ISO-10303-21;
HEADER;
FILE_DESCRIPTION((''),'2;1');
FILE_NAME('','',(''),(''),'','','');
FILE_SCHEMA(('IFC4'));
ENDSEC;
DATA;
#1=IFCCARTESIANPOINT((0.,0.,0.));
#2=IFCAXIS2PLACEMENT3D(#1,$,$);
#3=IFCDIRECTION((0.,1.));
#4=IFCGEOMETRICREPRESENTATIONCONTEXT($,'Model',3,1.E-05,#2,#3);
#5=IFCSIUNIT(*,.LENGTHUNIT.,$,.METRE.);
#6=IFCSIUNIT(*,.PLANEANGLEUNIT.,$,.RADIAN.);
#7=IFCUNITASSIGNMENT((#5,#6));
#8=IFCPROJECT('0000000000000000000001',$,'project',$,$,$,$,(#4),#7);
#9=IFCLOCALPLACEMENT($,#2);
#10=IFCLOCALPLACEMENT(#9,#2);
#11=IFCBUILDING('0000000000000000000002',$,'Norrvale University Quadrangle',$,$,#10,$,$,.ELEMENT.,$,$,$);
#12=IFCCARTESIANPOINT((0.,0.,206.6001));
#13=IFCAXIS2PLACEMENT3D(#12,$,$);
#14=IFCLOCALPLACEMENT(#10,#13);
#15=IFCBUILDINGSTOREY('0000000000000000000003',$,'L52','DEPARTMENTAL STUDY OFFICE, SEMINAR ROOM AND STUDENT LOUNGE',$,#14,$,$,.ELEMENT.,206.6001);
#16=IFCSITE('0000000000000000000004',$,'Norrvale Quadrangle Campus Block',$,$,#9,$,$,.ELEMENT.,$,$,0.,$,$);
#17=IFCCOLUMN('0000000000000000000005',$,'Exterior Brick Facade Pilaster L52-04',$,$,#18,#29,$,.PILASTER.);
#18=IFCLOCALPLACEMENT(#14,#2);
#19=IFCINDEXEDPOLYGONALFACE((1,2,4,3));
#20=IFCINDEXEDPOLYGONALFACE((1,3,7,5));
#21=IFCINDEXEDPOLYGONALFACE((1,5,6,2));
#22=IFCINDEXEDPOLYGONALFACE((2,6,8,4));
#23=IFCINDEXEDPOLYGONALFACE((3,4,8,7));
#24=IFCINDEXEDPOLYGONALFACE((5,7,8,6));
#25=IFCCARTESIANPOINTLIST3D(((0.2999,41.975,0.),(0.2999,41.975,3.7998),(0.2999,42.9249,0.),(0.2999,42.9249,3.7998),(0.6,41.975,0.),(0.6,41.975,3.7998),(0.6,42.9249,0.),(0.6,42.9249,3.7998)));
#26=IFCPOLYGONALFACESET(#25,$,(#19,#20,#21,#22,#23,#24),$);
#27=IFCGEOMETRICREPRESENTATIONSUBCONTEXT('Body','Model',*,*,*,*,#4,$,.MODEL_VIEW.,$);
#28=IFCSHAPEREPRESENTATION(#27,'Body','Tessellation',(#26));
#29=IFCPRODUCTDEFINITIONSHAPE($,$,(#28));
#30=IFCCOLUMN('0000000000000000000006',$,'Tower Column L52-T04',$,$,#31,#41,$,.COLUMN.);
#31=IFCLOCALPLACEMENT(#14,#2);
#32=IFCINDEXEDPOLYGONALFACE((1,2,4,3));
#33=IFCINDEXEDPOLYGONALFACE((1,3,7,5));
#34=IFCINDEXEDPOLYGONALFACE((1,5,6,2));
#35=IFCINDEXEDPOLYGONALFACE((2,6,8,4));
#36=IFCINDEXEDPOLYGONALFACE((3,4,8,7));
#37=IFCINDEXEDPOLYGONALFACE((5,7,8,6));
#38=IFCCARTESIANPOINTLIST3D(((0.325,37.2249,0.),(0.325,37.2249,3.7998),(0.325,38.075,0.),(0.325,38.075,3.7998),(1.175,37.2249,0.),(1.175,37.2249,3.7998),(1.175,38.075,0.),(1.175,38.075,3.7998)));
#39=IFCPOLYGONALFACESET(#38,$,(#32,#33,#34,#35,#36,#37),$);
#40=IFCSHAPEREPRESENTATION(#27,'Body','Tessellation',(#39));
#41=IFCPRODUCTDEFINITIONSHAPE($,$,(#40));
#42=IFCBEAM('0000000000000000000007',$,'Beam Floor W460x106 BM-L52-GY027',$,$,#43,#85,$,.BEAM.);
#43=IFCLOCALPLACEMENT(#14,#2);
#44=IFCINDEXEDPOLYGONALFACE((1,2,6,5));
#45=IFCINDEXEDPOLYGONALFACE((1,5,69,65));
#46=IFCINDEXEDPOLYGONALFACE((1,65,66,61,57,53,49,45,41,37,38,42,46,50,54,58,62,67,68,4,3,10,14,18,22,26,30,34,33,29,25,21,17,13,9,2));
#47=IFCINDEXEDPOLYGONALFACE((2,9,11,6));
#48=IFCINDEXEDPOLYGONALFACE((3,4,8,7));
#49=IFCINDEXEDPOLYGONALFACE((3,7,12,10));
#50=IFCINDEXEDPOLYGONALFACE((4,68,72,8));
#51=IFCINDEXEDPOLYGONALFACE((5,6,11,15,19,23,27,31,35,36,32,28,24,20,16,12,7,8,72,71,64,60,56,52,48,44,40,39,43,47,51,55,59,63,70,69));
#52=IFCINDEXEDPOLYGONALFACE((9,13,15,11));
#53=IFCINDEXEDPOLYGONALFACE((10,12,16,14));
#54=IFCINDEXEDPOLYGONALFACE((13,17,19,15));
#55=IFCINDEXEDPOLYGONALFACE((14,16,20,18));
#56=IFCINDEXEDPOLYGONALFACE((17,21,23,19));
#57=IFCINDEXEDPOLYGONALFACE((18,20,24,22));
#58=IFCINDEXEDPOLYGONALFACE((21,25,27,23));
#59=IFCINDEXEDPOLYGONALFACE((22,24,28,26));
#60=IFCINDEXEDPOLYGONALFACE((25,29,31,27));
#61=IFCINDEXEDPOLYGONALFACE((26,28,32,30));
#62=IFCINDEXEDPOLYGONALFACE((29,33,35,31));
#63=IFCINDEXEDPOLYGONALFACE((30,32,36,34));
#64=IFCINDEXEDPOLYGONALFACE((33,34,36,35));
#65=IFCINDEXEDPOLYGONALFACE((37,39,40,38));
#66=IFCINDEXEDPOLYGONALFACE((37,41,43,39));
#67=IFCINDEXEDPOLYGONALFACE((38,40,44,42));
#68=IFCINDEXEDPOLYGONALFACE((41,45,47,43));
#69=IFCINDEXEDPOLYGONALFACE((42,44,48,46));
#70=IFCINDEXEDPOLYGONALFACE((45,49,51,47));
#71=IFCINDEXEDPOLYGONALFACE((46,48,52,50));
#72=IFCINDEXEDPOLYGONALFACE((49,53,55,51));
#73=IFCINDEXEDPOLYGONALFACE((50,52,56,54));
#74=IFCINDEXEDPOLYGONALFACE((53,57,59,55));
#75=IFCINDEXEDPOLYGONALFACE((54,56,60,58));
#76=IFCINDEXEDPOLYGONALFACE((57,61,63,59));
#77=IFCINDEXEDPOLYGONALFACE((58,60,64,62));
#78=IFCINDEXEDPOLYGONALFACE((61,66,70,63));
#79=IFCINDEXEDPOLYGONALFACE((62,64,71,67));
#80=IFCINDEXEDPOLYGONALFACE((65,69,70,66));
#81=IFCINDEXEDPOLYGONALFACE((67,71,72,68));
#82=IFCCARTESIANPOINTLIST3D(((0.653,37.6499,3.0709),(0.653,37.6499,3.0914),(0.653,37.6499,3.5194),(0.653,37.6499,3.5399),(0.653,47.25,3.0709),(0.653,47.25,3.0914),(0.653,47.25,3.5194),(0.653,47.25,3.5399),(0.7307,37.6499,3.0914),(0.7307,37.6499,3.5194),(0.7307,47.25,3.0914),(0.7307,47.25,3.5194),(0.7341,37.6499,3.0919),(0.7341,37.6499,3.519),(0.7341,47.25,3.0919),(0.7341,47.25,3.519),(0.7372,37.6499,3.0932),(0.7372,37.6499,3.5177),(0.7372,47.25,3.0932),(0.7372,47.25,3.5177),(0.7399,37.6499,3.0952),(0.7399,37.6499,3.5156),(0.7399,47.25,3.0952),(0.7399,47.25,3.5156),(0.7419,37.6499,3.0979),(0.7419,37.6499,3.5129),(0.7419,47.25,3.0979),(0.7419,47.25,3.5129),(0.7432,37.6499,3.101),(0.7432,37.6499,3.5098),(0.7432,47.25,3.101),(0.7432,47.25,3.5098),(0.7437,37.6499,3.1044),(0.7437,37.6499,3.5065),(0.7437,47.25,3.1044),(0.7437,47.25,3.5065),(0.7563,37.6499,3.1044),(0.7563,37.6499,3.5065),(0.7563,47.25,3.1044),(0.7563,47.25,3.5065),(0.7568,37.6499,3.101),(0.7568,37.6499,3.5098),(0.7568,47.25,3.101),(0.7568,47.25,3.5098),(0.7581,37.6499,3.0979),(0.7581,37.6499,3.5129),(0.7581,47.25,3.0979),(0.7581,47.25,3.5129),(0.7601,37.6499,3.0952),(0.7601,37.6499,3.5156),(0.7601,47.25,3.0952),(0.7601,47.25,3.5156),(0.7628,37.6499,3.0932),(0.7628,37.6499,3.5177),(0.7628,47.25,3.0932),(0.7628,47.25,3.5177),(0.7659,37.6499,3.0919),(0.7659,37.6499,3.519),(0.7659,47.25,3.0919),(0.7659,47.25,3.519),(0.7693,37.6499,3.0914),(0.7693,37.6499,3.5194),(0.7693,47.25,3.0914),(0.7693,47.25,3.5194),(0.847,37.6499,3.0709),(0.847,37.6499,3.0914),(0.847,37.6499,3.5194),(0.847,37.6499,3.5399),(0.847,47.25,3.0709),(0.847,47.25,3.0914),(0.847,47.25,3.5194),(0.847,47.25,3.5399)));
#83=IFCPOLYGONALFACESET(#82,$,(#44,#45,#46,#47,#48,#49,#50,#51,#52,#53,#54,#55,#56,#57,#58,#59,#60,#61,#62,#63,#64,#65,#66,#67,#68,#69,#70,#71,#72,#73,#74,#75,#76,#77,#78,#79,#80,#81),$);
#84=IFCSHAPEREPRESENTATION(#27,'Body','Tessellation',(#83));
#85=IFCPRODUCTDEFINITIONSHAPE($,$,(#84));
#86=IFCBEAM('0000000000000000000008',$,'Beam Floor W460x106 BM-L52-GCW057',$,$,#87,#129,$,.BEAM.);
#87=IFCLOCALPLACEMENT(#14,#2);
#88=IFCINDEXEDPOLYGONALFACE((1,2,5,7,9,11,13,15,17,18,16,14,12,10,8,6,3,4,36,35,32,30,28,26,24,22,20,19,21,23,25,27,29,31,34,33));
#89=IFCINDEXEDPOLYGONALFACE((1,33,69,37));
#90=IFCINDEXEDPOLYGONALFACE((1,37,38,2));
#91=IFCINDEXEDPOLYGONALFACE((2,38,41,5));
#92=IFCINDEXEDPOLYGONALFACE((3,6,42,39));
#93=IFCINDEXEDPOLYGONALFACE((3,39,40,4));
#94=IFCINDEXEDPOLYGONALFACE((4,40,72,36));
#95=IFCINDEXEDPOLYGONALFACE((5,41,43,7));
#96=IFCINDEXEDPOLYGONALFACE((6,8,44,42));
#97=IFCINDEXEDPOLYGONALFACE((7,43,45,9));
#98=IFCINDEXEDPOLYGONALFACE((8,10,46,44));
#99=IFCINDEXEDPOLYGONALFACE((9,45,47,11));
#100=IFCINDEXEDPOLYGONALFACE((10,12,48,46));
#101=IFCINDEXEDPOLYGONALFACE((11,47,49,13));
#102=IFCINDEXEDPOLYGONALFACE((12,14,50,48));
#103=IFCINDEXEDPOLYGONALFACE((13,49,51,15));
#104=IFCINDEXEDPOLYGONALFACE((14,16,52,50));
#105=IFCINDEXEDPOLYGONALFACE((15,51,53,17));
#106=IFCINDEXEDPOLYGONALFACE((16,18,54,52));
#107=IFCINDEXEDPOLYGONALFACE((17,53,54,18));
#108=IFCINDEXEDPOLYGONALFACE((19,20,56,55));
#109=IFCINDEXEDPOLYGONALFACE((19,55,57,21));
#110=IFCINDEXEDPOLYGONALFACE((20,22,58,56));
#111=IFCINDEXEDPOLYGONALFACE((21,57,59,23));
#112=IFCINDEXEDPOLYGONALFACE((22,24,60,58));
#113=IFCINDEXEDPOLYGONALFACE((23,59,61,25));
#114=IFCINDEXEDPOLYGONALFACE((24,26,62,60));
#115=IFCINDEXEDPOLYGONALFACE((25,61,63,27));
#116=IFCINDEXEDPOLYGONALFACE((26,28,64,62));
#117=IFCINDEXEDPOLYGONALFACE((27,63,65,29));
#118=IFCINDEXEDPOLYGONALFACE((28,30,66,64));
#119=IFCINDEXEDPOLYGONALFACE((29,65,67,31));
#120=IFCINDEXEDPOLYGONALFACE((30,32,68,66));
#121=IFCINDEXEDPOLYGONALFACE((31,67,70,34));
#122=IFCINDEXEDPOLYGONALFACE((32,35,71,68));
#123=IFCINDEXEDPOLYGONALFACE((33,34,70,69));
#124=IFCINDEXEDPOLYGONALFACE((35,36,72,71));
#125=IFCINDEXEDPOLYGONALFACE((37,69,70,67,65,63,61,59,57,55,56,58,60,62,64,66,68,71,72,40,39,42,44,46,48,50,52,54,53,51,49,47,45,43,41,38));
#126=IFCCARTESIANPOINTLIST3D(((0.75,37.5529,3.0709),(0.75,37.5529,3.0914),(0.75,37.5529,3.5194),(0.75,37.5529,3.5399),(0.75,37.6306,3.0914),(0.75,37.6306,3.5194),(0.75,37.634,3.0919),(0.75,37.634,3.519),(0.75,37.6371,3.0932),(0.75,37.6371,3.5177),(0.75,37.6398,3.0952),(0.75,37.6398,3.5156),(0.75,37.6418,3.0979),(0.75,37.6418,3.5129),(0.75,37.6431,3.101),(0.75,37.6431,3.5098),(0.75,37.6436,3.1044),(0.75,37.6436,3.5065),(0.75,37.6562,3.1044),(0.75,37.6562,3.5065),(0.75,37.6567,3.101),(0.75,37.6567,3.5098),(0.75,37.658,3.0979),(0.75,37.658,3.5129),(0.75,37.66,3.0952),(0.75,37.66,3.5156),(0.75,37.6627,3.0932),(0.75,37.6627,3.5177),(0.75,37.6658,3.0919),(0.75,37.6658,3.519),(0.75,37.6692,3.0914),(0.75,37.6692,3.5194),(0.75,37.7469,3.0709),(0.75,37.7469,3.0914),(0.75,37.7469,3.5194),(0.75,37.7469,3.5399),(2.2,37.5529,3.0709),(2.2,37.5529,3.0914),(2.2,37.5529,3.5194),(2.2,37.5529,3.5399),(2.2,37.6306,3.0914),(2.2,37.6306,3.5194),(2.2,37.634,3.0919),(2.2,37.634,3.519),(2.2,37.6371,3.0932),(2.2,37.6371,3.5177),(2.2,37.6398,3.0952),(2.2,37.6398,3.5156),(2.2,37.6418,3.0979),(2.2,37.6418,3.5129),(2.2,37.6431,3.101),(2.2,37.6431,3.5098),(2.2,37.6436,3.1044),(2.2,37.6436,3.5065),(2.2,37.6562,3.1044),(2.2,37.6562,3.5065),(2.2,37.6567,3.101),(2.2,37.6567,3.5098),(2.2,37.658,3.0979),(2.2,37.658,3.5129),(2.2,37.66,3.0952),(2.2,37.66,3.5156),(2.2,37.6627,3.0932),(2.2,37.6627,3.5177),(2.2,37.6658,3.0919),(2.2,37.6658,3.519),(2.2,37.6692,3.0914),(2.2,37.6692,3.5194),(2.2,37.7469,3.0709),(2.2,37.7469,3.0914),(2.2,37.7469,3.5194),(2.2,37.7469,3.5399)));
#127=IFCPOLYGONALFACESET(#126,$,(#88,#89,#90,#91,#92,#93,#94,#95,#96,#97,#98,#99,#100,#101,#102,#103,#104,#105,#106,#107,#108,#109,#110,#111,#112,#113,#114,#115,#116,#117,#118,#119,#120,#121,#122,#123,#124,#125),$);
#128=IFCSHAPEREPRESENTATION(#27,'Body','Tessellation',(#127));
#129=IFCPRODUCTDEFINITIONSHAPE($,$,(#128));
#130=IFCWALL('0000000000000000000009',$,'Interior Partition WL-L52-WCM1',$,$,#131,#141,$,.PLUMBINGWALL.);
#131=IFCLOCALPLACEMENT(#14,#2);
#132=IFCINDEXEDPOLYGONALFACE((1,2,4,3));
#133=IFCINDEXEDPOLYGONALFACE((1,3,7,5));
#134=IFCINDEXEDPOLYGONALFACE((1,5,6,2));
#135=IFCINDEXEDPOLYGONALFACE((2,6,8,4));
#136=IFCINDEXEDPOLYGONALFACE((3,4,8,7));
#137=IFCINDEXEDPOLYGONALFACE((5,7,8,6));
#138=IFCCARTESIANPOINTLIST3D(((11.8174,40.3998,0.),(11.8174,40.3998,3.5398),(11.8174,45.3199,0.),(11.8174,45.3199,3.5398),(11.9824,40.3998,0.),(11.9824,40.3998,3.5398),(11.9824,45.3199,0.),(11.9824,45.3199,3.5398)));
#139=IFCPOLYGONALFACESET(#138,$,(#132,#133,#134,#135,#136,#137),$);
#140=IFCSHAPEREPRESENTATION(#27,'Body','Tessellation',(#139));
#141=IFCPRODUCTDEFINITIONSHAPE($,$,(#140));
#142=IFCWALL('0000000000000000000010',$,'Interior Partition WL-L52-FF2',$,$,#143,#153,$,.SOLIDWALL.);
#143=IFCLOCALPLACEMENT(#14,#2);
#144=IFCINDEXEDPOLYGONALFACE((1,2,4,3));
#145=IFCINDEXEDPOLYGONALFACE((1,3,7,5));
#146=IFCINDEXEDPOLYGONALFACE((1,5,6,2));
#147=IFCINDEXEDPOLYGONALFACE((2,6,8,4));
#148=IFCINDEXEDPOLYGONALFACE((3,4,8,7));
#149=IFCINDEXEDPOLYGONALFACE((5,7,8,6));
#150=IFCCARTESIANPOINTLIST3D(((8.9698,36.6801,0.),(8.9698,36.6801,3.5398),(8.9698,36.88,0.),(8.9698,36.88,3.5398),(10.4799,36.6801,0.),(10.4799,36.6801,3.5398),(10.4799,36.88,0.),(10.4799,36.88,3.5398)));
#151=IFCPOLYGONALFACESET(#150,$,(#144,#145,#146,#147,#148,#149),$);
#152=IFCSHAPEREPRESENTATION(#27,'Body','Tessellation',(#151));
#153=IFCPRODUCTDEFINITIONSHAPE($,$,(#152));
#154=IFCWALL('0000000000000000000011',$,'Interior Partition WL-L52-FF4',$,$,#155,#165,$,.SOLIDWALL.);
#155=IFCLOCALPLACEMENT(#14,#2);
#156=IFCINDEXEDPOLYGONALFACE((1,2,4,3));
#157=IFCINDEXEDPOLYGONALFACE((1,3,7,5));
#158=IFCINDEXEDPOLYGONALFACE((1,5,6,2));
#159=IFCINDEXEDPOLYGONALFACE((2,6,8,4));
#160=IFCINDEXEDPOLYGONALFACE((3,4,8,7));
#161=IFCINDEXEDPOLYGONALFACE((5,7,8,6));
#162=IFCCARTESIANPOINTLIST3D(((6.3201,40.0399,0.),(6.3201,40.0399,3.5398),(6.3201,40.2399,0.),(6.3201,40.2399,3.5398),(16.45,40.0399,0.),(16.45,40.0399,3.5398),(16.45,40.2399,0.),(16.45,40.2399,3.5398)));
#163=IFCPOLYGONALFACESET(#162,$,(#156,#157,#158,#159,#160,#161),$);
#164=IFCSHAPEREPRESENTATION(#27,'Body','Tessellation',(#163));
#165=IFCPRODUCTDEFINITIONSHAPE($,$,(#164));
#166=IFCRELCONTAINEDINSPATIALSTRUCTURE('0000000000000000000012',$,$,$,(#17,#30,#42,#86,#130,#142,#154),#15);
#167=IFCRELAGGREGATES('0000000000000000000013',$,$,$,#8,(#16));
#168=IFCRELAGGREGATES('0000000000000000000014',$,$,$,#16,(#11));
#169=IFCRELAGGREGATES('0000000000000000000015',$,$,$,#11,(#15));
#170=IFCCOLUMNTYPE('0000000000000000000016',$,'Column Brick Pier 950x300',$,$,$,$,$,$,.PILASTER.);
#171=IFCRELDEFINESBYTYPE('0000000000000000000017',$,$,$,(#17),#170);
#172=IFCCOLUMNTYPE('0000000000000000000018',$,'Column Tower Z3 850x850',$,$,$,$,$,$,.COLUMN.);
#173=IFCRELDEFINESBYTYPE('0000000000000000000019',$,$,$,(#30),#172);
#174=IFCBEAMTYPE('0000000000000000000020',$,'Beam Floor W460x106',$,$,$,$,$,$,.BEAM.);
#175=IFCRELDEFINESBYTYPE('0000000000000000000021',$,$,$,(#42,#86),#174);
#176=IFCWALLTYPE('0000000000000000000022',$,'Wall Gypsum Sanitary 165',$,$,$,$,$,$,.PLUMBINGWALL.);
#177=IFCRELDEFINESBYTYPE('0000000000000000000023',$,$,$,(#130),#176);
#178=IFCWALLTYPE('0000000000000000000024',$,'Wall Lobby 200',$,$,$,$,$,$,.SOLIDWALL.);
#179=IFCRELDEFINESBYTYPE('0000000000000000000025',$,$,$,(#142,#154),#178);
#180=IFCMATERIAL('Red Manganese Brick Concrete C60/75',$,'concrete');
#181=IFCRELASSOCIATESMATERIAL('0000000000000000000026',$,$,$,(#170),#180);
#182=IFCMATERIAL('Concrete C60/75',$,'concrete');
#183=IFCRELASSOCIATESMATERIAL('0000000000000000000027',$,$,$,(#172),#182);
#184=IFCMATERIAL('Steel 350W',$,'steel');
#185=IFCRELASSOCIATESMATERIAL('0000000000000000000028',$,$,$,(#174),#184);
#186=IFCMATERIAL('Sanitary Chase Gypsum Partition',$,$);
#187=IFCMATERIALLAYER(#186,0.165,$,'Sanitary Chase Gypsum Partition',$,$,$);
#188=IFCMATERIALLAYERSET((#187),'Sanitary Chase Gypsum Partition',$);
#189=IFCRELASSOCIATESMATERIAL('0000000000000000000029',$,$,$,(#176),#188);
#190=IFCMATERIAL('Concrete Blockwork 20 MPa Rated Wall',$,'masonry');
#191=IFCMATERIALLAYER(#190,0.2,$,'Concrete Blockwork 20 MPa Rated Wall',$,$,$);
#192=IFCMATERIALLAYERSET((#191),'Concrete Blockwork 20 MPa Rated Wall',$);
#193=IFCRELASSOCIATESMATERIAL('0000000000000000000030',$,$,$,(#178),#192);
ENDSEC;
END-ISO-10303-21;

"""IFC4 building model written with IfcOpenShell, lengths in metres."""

from ifc_helpers import new_model, si_unit, direction, frame, frame_2d, origin, origin_2d, place, context, subcontext, project, spatial, rectangle, i_section, extrude, material, layer, layer_set, material_profile, profile_set, type_object, element, save


model = new_model("IFC4")

# Units and contexts
model_context = context("Model", 3, precision=1e-05, world=origin(), true_north=direction((0.0, 1.0)))
body_context = subcontext(model_context, "Body", "Model", "MODEL_VIEW")
ifc_project = project(units=[si_unit("LENGTHUNIT", "METRE"), si_unit("PLANEANGLEUNIT", "RADIAN")], contexts=[model_context])

# Site, building, storey
site_placement = place(None, origin())
site = spatial("IfcSite", under=ifc_project, at=site_placement, Name="Norrvale Quadrangle Campus Block", CompositionType="ELEMENT", RefElevation=0.0)
building_placement = place(site_placement, origin())
building = spatial("IfcBuilding", under=site, at=building_placement, Name="Norrvale University Quadrangle", CompositionType="ELEMENT")
storey_placement = place(building_placement, frame((0.0, 0.0, 206.6001)))
storey = spatial("IfcBuildingStorey", under=building, at=storey_placement, Name="L52", Description="DEPARTMENTAL STUDY OFFICE, SEMINAR ROOM AND STUDENT LOUNGE", CompositionType="ELEMENT", Elevation=206.6001)

# Columns
ifc_material_1 = material(Name="Red Manganese Brick Concrete C60/75", Category="concrete")
ifc_material_profile_1 = material_profile(ifc_material_1, rectangle(XDim=0.95, YDim=0.3, at=origin_2d()), Name="Red Manganese Brick Concrete C60/75")
ifc_profile_set_1 = profile_set([ifc_material_profile_1], Name="Red Manganese Brick Concrete C60/75")
column_type_1 = type_object("IfcColumnType", Name="Column Brick Pier 950x300", PredefinedType="PILASTER", material=ifc_profile_set_1)
column_1_placement = place(storey_placement, frame((0.45, 42.45, 0.0), z_axis=(0.0, 0.0, 1.0), x_axis=(0.0, 1.0, 0.0)))
element("IfcColumn", 1, at=column_1_placement, inside=storey, type_object=column_type_1, Name="Exterior Brick Facade Pilaster L52-04", PredefinedType="PILASTER", context=body_context, shape_type="SweptSolid", body=[
    extrude(rectangle(XDim=0.95, YDim=0.3, at=origin_2d()), origin(), (0.0, 0.0, 1.0), 3.7998),
])
ifc_material_2 = material(Name="Concrete C60/75", Category="concrete")
ifc_material_profile_2 = material_profile(ifc_material_2, rectangle(XDim=0.8501, YDim=0.8501, at=origin_2d()), Name="Concrete C60/75")
ifc_profile_set_2 = profile_set([ifc_material_profile_2], Name="Concrete C60/75")
column_type_2 = type_object("IfcColumnType", Name="Column Tower Z3 850x850", PredefinedType="COLUMN", material=ifc_profile_set_2)
column_2_placement = place(storey_placement, frame((0.75, 37.6499, 0.0), z_axis=(0.0, 0.0, 1.0), x_axis=(1.0, 0.0, 0.0)))
element("IfcColumn", 2, at=column_2_placement, inside=storey, type_object=column_type_2, Name="Tower Column L52-T04", PredefinedType="COLUMN", context=body_context, shape_type="SweptSolid", body=[
    extrude(rectangle(XDim=0.8501, YDim=0.8501, at=origin_2d()), origin(), (0.0, 0.0, 1.0), 3.7998),
])

# Beams
ifc_material_3 = material(Name="Steel 350W", Category="steel")
ifc_material_profile_3 = material_profile(ifc_material_3, i_section(OverallWidth=0.1941, OverallDepth=0.469, WebThickness=0.0127, FlangeThickness=0.0205, FilletRadius=0.0129, at=origin_2d()), Name="Steel 350W")
ifc_profile_set_3 = profile_set([ifc_material_profile_3], Name="Steel 350W")
beam_type = type_object("IfcBeamType", Name="Beam Floor W460x106", PredefinedType="BEAM", material=ifc_profile_set_3)
beam_1_placement = place(storey_placement, frame((0.75, 37.6499, 3.3054), z_axis=(0.0, 1.0, 0.0), x_axis=(-1.0, 0.0, 0.0)))
element("IfcBeam", 3, at=beam_1_placement, inside=storey, type_object=beam_type, Name="Beam Floor W460x106 BM-L52-GY027", PredefinedType="BEAM", context=body_context, shape_type="SweptSolid", body=[
    extrude(i_section(OverallWidth=0.1941, OverallDepth=0.469, WebThickness=0.0127, FlangeThickness=0.0205, FilletRadius=0.0129, at=origin_2d()), origin(), (0.0, 0.0, 1.0), 9.6001),
])
beam_2_placement = place(storey_placement, frame((0.75, 37.6499, 3.3054), z_axis=(1.0, 0.0, 0.0), x_axis=(0.0, 1.0, 0.0)))
element("IfcBeam", 4, at=beam_2_placement, inside=storey, type_object=beam_type, Name="Beam Floor W460x106 BM-L52-GCW057", PredefinedType="BEAM", context=body_context, shape_type="SweptSolid", body=[
    extrude(i_section(OverallWidth=0.1941, OverallDepth=0.469, WebThickness=0.0127, FlangeThickness=0.0205, FilletRadius=0.0129, at=origin_2d()), origin(), (0.0, 0.0, 1.0), 1.45),
])

# Walls
ifc_material_4 = material(Name="Sanitary Chase Gypsum Partition")
ifc_layer_1 = layer(ifc_material_4, 0.165, Name="Sanitary Chase Gypsum Partition")
ifc_layer_set_1 = layer_set([ifc_layer_1], Name="Sanitary Chase Gypsum Partition")
wall_type_1 = type_object("IfcWallType", Name="Wall Gypsum Sanitary 165", PredefinedType="PLUMBINGWALL", material=ifc_layer_set_1)
wall_1_placement = place(storey_placement, frame((11.8999, 40.3999, 0.0), z_axis=(0.0, 0.0, 1.0), x_axis=(0.0, 1.0, 0.0)))
element("IfcWall", 5, at=wall_1_placement, inside=storey, type_object=wall_type_1, Name="Interior Partition WL-L52-WCM1", PredefinedType="PLUMBINGWALL", context=body_context, shape_type="SweptSolid", body=[
    extrude(rectangle(XDim=4.9202, YDim=0.165, at=frame_2d((2.46, 0.0))), origin(), (0.0, 0.0, 1.0), 3.5398),
])
ifc_material_5 = material(Name="Concrete Blockwork 20 MPa Rated Wall", Category="masonry")
ifc_layer_2 = layer(ifc_material_5, 0.2, Name="Concrete Blockwork 20 MPa Rated Wall")
ifc_layer_set_2 = layer_set([ifc_layer_2], Name="Concrete Blockwork 20 MPa Rated Wall")
wall_type_2 = type_object("IfcWallType", Name="Wall Lobby 200", PredefinedType="SOLIDWALL", material=ifc_layer_set_2)
wall_2_placement = place(storey_placement, frame((8.97, 36.78, 0.0), z_axis=(0.0, 0.0, 1.0), x_axis=(1.0, 0.0, 0.0)))
element("IfcWall", 6, at=wall_2_placement, inside=storey, type_object=wall_type_2, Name="Interior Partition WL-L52-FF2", PredefinedType="SOLIDWALL", context=body_context, shape_type="SweptSolid", body=[
    extrude(rectangle(XDim=1.51, YDim=0.2, at=frame_2d((0.7549, 0.0))), origin(), (0.0, 0.0, 1.0), 3.5398),
])
wall_3_placement = place(storey_placement, frame((6.3201, 40.1399, 0.0), z_axis=(0.0, 0.0, 1.0), x_axis=(1.0, 0.0, 0.0)))
element("IfcWall", 7, at=wall_3_placement, inside=storey, type_object=wall_type_2, Name="Interior Partition WL-L52-FF4", PredefinedType="SOLIDWALL", context=body_context, shape_type="SweptSolid", body=[
    extrude(rectangle(XDim=10.1299, YDim=0.2, at=frame_2d((5.0649, 0.0))), origin(), (0.0, 0.0, 1.0), 3.5398),
])

save(model, "model.ifc")
